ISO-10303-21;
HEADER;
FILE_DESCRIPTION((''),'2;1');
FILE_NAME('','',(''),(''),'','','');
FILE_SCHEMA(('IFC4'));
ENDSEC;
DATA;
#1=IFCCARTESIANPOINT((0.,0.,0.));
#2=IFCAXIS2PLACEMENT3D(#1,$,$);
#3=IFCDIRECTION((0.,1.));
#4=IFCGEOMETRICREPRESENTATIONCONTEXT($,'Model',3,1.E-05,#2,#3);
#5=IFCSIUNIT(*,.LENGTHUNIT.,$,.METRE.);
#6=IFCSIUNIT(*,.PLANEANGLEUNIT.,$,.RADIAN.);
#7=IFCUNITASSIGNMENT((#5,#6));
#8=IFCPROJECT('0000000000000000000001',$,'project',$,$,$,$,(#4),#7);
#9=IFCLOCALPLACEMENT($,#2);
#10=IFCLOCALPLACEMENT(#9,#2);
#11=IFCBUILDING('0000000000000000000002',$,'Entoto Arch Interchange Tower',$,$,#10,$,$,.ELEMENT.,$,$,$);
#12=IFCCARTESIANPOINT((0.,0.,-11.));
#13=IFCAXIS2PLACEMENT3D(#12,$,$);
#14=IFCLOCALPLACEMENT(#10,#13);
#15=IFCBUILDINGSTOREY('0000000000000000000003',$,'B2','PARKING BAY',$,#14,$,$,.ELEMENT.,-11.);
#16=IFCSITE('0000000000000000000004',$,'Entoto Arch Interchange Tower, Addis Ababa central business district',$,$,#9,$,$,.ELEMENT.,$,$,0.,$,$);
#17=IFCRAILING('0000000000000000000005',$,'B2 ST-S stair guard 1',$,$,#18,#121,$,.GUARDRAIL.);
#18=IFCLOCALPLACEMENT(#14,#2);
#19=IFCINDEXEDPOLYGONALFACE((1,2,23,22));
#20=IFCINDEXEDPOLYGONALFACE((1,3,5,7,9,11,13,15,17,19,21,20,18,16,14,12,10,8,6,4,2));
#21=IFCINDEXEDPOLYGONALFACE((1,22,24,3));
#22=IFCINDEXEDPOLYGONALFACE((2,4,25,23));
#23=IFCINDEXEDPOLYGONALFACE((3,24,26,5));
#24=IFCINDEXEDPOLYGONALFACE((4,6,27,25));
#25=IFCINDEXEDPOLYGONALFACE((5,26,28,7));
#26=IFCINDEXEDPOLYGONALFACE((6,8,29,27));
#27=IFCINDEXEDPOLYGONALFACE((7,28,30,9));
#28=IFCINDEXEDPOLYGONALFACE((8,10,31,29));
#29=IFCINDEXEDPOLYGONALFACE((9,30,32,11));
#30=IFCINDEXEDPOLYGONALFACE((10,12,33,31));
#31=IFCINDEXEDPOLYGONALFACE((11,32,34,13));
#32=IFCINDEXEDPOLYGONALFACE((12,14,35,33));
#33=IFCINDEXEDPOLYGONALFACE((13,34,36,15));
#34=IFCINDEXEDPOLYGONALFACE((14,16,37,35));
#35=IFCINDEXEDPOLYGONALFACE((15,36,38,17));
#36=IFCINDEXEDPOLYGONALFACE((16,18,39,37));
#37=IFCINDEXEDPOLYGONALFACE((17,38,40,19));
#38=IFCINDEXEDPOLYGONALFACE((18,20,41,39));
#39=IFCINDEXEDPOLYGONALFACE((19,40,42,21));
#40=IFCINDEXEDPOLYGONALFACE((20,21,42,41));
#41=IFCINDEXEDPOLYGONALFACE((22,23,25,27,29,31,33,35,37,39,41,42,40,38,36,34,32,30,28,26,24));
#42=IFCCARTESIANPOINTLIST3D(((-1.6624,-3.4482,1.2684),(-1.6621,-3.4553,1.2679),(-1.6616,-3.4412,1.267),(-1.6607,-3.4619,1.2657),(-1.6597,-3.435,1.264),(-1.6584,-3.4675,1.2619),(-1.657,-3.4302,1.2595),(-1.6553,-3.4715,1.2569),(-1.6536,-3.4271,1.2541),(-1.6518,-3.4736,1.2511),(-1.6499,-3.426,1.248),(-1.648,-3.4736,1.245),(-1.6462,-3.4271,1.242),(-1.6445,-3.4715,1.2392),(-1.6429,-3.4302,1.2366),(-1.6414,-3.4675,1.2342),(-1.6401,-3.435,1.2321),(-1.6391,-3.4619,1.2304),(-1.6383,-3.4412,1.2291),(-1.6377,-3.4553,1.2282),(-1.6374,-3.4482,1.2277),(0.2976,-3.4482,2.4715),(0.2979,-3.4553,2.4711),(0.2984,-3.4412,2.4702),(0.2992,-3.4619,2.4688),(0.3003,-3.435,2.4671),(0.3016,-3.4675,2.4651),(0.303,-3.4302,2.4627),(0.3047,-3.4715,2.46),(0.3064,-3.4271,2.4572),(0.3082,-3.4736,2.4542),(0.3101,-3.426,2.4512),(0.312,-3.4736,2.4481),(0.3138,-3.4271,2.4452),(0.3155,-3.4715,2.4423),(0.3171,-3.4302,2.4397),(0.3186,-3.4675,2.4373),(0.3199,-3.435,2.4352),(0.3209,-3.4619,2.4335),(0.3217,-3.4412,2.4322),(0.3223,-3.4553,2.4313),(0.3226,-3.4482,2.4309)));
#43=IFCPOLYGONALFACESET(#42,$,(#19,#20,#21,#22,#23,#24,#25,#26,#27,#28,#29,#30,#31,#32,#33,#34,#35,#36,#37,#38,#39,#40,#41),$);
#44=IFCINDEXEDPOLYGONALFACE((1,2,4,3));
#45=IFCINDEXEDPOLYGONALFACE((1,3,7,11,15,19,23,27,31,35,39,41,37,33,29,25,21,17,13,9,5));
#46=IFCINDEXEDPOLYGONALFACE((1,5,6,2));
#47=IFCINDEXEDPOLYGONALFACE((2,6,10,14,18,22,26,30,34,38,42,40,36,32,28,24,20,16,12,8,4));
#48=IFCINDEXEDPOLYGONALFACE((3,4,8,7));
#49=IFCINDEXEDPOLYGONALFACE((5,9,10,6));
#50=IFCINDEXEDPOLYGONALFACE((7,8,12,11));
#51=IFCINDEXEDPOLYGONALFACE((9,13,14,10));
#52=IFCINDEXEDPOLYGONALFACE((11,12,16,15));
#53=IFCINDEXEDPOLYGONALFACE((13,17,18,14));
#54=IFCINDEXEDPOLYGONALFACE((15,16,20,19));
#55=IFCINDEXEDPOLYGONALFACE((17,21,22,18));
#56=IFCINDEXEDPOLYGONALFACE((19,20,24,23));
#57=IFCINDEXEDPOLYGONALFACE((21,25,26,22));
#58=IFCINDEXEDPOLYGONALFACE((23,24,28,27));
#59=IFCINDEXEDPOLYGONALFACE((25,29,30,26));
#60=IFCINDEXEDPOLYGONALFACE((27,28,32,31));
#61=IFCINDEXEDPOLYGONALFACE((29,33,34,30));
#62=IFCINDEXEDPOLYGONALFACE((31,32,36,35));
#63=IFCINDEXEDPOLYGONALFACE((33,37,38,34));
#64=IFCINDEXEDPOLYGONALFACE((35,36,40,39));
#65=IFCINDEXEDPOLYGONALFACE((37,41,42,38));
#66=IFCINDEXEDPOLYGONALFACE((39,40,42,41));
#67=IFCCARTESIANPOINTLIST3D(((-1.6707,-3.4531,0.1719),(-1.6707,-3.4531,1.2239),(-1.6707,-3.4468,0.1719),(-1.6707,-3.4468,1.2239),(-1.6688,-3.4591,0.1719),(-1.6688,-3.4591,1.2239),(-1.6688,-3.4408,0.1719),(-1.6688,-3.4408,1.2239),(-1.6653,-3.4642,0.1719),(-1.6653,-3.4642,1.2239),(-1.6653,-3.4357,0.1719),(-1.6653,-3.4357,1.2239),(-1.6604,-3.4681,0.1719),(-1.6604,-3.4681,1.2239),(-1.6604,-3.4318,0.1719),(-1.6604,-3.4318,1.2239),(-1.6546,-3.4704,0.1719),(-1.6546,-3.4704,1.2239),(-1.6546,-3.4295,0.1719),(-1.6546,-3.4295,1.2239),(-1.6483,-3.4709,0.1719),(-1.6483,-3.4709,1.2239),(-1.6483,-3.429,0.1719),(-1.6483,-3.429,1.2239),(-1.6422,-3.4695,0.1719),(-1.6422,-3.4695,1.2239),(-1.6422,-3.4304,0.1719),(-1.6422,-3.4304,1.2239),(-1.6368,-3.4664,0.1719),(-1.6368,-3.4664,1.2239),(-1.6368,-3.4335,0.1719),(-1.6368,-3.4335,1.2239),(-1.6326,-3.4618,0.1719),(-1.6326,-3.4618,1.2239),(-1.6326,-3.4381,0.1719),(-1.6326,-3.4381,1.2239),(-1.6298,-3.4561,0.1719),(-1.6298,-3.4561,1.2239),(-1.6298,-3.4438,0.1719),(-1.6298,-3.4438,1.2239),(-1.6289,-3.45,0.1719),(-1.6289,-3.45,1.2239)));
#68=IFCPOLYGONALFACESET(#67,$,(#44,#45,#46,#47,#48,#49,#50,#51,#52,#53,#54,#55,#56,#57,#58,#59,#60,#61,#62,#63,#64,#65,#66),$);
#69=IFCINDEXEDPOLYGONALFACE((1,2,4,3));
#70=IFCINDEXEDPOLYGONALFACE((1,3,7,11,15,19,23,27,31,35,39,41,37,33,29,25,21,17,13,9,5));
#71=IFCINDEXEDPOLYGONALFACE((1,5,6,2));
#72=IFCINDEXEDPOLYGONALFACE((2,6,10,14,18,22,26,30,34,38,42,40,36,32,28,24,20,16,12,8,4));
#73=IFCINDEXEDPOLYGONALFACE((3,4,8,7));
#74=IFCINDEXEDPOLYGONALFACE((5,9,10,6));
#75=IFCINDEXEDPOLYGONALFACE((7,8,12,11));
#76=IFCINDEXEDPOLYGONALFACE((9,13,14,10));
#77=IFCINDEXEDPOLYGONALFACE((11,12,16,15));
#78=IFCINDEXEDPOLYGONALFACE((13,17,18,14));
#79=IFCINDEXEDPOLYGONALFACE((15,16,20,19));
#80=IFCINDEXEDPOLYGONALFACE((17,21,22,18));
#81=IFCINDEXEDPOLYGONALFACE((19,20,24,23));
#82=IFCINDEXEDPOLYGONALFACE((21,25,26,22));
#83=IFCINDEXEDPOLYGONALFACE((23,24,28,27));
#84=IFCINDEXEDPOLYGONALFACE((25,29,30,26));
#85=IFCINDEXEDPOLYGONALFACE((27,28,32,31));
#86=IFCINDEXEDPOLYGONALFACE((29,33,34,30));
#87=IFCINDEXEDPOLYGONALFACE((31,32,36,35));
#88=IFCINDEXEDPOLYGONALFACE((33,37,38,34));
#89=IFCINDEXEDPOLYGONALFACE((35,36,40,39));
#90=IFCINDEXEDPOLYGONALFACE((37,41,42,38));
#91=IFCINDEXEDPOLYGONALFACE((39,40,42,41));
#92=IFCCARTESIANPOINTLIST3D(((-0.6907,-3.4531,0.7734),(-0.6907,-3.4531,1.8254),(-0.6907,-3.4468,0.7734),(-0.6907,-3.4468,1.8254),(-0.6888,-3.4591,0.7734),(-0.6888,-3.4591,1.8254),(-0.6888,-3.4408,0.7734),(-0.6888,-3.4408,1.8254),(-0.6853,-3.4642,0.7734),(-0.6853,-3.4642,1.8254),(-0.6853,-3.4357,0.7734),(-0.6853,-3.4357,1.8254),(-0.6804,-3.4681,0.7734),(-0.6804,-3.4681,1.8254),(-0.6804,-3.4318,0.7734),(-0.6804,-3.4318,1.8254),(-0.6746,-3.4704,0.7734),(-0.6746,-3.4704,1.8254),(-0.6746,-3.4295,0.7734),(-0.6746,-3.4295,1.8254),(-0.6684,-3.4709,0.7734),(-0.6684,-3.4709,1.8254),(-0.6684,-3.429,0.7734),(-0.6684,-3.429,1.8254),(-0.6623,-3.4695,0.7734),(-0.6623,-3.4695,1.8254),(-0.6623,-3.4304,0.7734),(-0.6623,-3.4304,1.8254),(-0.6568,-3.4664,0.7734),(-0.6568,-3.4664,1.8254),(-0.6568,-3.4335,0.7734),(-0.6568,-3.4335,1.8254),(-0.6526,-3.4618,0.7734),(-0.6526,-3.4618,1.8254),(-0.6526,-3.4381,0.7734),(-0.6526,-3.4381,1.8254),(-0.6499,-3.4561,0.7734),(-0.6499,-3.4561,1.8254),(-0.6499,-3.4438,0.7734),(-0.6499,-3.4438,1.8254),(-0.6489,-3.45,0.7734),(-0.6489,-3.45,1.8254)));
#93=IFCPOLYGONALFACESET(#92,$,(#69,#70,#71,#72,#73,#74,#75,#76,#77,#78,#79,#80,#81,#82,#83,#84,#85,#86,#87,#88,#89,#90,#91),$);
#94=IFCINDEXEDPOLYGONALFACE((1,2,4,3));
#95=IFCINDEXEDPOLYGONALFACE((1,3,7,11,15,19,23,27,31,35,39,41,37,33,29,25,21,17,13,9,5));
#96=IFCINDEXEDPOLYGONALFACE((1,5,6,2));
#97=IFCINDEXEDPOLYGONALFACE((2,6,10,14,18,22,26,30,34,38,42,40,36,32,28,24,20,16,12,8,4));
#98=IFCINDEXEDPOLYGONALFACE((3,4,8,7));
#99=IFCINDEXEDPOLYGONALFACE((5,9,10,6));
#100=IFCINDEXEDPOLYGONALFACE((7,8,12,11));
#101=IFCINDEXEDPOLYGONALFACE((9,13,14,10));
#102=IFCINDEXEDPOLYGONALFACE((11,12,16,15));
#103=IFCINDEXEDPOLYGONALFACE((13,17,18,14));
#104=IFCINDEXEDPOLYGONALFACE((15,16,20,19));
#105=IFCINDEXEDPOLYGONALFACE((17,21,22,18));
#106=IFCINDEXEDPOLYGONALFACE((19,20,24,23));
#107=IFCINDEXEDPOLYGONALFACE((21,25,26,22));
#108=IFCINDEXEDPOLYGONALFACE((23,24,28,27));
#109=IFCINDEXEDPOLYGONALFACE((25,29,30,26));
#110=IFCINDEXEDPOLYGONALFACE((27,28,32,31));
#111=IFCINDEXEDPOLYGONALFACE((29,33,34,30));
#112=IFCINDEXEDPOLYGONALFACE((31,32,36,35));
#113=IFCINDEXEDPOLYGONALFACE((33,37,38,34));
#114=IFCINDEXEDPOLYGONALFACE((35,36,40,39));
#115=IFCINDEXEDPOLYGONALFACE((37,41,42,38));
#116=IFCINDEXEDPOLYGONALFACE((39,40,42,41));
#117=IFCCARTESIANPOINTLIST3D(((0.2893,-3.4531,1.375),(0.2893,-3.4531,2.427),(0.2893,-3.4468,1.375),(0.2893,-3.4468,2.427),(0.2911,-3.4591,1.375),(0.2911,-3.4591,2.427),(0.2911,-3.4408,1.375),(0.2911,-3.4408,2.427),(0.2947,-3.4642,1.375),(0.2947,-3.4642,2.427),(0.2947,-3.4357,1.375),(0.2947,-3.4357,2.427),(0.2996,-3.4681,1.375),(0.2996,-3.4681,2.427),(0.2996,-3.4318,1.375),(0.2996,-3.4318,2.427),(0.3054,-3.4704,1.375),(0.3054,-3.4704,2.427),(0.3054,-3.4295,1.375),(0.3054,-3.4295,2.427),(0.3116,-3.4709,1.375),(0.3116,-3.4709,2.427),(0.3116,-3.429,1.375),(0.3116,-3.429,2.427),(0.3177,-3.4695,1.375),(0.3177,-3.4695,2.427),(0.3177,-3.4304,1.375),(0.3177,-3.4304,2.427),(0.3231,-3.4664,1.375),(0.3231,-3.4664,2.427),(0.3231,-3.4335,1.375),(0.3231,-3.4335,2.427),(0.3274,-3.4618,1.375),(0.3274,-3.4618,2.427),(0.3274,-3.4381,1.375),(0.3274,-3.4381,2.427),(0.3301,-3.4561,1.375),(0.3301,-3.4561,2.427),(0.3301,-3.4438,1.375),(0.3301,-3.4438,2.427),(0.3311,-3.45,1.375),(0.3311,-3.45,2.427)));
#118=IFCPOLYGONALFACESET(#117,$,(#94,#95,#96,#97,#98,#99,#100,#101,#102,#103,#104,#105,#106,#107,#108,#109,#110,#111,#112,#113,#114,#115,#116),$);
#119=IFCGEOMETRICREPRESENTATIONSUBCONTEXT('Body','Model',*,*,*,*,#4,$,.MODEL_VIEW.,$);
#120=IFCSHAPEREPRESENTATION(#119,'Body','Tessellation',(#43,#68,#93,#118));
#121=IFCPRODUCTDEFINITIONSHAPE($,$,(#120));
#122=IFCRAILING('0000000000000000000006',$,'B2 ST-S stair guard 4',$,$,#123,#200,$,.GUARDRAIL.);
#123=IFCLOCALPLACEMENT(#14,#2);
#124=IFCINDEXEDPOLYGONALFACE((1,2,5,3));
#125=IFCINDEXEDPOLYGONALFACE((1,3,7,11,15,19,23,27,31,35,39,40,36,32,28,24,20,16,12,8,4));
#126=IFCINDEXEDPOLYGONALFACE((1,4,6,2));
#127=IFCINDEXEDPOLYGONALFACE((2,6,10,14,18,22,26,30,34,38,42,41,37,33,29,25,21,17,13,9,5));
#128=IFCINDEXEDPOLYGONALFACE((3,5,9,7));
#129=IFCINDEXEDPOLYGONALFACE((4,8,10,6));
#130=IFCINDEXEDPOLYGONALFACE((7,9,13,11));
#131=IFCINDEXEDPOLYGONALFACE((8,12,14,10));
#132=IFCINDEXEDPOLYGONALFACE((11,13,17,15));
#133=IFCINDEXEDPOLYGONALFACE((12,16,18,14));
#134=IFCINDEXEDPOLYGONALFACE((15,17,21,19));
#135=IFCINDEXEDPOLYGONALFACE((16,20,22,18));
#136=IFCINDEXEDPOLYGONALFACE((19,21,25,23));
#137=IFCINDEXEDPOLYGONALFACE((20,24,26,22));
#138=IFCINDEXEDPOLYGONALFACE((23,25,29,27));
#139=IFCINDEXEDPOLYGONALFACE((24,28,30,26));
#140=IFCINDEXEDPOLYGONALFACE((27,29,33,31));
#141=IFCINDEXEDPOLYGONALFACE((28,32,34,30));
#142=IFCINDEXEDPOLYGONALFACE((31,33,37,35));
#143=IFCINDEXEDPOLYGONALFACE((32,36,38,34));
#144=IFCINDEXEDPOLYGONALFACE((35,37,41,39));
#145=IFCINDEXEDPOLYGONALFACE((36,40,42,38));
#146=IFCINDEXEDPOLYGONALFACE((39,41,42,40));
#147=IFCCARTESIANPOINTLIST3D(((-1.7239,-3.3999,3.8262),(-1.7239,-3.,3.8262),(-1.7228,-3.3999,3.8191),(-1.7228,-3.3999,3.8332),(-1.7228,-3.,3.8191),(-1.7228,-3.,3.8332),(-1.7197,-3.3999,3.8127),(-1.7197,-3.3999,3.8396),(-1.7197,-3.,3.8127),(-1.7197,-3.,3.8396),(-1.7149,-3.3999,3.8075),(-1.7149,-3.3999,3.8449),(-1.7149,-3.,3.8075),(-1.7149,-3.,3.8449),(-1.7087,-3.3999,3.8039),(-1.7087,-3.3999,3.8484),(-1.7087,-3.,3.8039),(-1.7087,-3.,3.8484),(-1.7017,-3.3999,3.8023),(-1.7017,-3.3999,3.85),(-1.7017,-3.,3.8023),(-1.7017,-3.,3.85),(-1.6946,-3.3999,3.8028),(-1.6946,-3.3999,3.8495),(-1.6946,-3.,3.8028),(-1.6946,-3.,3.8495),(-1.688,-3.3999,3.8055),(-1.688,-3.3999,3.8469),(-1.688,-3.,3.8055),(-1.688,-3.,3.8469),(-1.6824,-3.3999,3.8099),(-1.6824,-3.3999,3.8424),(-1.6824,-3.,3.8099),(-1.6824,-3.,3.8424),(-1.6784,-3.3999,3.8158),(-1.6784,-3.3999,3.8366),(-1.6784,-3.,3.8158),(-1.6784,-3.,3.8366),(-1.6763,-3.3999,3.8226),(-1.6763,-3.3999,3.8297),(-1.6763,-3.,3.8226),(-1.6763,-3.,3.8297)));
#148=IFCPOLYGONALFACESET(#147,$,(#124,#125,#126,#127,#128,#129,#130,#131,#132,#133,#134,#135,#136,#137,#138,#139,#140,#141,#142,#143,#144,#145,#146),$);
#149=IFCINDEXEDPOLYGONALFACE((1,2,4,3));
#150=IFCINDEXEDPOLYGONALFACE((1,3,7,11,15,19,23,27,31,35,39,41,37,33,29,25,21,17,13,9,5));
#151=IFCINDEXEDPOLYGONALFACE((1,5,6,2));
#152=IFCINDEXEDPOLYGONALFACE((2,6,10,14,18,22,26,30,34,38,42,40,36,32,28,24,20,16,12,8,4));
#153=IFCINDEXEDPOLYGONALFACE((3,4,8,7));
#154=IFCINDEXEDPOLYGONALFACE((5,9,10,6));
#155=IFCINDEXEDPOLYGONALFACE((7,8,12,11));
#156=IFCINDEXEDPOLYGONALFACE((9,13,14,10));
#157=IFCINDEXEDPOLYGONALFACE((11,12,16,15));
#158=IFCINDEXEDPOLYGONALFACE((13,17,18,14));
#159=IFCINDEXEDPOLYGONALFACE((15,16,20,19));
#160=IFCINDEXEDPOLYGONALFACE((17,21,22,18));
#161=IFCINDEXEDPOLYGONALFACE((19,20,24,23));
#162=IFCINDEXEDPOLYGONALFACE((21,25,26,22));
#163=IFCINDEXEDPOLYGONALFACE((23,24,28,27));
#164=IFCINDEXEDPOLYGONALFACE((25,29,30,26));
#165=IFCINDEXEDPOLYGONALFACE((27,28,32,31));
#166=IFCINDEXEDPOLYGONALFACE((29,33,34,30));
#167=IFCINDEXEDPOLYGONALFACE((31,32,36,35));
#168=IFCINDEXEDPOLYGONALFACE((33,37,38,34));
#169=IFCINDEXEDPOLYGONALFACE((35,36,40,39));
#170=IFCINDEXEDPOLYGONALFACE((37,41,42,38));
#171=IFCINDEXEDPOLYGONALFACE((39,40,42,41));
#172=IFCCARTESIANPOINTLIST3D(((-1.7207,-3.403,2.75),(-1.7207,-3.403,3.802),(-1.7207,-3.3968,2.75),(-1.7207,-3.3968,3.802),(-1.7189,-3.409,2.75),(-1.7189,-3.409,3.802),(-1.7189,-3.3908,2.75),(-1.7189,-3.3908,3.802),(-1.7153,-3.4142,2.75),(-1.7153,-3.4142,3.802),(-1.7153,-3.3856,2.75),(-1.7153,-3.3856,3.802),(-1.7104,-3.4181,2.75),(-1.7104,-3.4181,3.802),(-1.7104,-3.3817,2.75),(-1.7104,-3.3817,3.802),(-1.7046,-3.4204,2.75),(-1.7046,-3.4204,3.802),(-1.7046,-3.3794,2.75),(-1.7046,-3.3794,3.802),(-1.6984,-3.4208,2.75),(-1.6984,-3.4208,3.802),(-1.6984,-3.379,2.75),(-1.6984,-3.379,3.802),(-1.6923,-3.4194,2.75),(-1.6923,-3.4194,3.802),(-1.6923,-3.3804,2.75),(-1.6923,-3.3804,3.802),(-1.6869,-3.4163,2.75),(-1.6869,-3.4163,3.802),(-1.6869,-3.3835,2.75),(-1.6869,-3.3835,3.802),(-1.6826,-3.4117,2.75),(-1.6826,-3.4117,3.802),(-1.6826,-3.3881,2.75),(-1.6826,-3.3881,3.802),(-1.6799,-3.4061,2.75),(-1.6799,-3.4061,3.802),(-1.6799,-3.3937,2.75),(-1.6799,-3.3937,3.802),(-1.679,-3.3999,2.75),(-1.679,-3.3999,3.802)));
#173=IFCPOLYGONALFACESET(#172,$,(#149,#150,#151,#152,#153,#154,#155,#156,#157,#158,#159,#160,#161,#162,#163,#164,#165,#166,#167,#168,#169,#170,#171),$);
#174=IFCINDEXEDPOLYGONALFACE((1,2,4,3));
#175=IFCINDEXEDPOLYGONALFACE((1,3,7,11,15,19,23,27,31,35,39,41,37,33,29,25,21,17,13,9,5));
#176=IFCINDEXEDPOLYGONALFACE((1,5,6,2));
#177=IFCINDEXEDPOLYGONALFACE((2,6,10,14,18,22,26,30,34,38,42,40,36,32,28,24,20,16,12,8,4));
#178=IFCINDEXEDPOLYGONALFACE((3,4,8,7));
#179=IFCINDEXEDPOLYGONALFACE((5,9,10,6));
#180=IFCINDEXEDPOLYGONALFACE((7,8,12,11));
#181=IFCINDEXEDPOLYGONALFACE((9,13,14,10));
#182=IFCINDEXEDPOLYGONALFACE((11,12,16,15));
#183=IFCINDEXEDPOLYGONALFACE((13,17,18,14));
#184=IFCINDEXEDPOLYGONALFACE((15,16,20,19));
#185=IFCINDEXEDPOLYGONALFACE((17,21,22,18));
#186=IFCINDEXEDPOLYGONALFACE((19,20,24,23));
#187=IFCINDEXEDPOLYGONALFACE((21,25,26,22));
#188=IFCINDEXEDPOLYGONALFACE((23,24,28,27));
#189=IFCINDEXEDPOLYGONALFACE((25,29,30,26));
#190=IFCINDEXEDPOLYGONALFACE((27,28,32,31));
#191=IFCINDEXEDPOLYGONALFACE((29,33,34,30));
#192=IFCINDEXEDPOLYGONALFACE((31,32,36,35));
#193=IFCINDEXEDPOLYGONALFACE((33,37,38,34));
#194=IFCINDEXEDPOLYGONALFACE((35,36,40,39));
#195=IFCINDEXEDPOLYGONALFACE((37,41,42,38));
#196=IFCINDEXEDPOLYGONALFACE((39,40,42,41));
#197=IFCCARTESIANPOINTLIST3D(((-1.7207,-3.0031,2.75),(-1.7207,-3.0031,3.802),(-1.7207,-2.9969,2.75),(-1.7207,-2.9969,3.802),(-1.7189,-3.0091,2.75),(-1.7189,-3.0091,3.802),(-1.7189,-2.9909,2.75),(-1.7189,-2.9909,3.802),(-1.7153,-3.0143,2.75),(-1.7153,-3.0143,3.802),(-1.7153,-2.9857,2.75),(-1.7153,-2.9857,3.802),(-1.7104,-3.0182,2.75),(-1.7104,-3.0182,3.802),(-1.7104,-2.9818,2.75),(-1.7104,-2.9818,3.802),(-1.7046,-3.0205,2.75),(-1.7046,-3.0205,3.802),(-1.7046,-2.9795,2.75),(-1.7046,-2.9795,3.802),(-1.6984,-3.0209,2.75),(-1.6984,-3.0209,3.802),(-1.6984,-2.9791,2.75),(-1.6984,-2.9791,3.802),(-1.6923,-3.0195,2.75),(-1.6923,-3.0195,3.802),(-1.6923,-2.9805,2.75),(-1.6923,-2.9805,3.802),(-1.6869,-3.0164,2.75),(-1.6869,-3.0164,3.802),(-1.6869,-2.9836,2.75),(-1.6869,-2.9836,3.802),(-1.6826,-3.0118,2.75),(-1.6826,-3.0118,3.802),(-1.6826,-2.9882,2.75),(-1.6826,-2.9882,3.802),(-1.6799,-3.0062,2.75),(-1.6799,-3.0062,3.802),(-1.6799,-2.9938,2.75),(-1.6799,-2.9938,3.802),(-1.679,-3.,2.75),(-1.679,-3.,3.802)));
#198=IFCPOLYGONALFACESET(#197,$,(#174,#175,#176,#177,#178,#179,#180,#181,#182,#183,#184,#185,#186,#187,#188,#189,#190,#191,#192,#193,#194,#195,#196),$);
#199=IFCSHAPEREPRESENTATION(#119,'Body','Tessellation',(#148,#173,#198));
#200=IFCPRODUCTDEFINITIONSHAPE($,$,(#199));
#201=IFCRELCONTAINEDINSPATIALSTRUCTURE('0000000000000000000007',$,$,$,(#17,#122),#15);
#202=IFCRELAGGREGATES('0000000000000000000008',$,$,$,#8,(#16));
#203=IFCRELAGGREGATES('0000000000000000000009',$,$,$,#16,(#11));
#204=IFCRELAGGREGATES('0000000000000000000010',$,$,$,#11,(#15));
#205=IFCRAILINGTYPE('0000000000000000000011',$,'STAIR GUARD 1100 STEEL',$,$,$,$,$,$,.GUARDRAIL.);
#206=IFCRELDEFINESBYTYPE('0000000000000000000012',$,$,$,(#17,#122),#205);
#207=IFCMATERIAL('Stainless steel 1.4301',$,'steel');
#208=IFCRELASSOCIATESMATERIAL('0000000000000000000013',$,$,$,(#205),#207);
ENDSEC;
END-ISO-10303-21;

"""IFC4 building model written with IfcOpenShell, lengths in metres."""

from ifc_helpers import new_model, si_unit, direction, frame, origin, origin_2d, place, context, subcontext, project, spatial, circle, extrude, material, type_object, element, save


model = new_model("IFC4")

# Units and contexts
model_context = context("Model", 3, precision=1e-05, world=origin(), true_north=direction((0.0, 1.0)))
body_context = subcontext(model_context, "Body", "Model", "MODEL_VIEW")
ifc_project = project(units=[si_unit("LENGTHUNIT", "METRE"), si_unit("PLANEANGLEUNIT", "RADIAN")], contexts=[model_context])

# Site, building, storey
site_placement = place(None, origin())
site = spatial("IfcSite", under=ifc_project, at=site_placement, Name="Entoto Arch Interchange Tower, Addis Ababa central business district", CompositionType="ELEMENT", RefElevation=0.0)
building_placement = place(site_placement, origin())
building = spatial("IfcBuilding", under=site, at=building_placement, Name="Entoto Arch Interchange Tower", CompositionType="ELEMENT")
storey_placement = place(building_placement, frame((0.0, 0.0, -11.0)))
storey = spatial("IfcBuildingStorey", under=building, at=storey_placement, Name="B2", Description="PARKING BAY", CompositionType="ELEMENT", Elevation=-11.0)

# Railings
ifc_material_1 = material(Name="Stainless steel 1.4301", Category="steel")
railing_type_1 = type_object("IfcRailingType", Name="STAIR GUARD 1100 STEEL", PredefinedType="GUARDRAIL", material=ifc_material_1)
railing_1_placement = place(storey_placement, frame((-1.6499, -3.45, 0.1719)))
element("IfcRailing", 1, at=railing_1_placement, inside=storey, type_object=railing_type_1, Name="B2 ST-S stair guard 1", PredefinedType="GUARDRAIL", context=body_context, shape_type="SweptSolid", body=[
    extrude(circle(Radius=0.0239, at=origin_2d()), frame((0.0, 0.0, 1.0762), z_axis=(0.852241, 0.0, 0.523149), x_axis=(0.0, 1.0, 0.0)), (0.0, 0.0, 1.0), 2.2998),
    extrude(circle(Radius=0.021, at=origin_2d()), origin(), (0.0, 0.0, 1.0), 1.052),
    extrude(circle(Radius=0.021, at=origin_2d()), frame((0.98, 0.0, 0.6016)), (0.0, 0.0, 1.0), 1.052),
    extrude(circle(Radius=0.021, at=origin_2d()), frame((1.96, 0.0, 1.2031)), (0.0, 0.0, 1.0), 1.052),
])
railing_2_placement = place(storey_placement, frame((-1.7, -3.3999, 2.75)))
element("IfcRailing", 2, at=railing_2_placement, inside=storey, type_object=railing_type_1, Name="B2 ST-S stair guard 4", PredefinedType="GUARDRAIL", context=body_context, shape_type="SweptSolid", body=[
    extrude(circle(Radius=0.0239, at=origin_2d()), frame((0.0, 0.0, 1.0762), z_axis=(0.0, 1.0, 0.0), x_axis=(-1.0, 0.0, 0.0)), (0.0, 0.0, 1.0), 0.3999),
    extrude(circle(Radius=0.021, at=origin_2d()), origin(), (0.0, 0.0, 1.0), 1.052),
    extrude(circle(Radius=0.021, at=origin_2d()), frame((0.0, 0.3999, 0.0)), (0.0, 0.0, 1.0), 1.052),
])

save(model, "model.ifc")
